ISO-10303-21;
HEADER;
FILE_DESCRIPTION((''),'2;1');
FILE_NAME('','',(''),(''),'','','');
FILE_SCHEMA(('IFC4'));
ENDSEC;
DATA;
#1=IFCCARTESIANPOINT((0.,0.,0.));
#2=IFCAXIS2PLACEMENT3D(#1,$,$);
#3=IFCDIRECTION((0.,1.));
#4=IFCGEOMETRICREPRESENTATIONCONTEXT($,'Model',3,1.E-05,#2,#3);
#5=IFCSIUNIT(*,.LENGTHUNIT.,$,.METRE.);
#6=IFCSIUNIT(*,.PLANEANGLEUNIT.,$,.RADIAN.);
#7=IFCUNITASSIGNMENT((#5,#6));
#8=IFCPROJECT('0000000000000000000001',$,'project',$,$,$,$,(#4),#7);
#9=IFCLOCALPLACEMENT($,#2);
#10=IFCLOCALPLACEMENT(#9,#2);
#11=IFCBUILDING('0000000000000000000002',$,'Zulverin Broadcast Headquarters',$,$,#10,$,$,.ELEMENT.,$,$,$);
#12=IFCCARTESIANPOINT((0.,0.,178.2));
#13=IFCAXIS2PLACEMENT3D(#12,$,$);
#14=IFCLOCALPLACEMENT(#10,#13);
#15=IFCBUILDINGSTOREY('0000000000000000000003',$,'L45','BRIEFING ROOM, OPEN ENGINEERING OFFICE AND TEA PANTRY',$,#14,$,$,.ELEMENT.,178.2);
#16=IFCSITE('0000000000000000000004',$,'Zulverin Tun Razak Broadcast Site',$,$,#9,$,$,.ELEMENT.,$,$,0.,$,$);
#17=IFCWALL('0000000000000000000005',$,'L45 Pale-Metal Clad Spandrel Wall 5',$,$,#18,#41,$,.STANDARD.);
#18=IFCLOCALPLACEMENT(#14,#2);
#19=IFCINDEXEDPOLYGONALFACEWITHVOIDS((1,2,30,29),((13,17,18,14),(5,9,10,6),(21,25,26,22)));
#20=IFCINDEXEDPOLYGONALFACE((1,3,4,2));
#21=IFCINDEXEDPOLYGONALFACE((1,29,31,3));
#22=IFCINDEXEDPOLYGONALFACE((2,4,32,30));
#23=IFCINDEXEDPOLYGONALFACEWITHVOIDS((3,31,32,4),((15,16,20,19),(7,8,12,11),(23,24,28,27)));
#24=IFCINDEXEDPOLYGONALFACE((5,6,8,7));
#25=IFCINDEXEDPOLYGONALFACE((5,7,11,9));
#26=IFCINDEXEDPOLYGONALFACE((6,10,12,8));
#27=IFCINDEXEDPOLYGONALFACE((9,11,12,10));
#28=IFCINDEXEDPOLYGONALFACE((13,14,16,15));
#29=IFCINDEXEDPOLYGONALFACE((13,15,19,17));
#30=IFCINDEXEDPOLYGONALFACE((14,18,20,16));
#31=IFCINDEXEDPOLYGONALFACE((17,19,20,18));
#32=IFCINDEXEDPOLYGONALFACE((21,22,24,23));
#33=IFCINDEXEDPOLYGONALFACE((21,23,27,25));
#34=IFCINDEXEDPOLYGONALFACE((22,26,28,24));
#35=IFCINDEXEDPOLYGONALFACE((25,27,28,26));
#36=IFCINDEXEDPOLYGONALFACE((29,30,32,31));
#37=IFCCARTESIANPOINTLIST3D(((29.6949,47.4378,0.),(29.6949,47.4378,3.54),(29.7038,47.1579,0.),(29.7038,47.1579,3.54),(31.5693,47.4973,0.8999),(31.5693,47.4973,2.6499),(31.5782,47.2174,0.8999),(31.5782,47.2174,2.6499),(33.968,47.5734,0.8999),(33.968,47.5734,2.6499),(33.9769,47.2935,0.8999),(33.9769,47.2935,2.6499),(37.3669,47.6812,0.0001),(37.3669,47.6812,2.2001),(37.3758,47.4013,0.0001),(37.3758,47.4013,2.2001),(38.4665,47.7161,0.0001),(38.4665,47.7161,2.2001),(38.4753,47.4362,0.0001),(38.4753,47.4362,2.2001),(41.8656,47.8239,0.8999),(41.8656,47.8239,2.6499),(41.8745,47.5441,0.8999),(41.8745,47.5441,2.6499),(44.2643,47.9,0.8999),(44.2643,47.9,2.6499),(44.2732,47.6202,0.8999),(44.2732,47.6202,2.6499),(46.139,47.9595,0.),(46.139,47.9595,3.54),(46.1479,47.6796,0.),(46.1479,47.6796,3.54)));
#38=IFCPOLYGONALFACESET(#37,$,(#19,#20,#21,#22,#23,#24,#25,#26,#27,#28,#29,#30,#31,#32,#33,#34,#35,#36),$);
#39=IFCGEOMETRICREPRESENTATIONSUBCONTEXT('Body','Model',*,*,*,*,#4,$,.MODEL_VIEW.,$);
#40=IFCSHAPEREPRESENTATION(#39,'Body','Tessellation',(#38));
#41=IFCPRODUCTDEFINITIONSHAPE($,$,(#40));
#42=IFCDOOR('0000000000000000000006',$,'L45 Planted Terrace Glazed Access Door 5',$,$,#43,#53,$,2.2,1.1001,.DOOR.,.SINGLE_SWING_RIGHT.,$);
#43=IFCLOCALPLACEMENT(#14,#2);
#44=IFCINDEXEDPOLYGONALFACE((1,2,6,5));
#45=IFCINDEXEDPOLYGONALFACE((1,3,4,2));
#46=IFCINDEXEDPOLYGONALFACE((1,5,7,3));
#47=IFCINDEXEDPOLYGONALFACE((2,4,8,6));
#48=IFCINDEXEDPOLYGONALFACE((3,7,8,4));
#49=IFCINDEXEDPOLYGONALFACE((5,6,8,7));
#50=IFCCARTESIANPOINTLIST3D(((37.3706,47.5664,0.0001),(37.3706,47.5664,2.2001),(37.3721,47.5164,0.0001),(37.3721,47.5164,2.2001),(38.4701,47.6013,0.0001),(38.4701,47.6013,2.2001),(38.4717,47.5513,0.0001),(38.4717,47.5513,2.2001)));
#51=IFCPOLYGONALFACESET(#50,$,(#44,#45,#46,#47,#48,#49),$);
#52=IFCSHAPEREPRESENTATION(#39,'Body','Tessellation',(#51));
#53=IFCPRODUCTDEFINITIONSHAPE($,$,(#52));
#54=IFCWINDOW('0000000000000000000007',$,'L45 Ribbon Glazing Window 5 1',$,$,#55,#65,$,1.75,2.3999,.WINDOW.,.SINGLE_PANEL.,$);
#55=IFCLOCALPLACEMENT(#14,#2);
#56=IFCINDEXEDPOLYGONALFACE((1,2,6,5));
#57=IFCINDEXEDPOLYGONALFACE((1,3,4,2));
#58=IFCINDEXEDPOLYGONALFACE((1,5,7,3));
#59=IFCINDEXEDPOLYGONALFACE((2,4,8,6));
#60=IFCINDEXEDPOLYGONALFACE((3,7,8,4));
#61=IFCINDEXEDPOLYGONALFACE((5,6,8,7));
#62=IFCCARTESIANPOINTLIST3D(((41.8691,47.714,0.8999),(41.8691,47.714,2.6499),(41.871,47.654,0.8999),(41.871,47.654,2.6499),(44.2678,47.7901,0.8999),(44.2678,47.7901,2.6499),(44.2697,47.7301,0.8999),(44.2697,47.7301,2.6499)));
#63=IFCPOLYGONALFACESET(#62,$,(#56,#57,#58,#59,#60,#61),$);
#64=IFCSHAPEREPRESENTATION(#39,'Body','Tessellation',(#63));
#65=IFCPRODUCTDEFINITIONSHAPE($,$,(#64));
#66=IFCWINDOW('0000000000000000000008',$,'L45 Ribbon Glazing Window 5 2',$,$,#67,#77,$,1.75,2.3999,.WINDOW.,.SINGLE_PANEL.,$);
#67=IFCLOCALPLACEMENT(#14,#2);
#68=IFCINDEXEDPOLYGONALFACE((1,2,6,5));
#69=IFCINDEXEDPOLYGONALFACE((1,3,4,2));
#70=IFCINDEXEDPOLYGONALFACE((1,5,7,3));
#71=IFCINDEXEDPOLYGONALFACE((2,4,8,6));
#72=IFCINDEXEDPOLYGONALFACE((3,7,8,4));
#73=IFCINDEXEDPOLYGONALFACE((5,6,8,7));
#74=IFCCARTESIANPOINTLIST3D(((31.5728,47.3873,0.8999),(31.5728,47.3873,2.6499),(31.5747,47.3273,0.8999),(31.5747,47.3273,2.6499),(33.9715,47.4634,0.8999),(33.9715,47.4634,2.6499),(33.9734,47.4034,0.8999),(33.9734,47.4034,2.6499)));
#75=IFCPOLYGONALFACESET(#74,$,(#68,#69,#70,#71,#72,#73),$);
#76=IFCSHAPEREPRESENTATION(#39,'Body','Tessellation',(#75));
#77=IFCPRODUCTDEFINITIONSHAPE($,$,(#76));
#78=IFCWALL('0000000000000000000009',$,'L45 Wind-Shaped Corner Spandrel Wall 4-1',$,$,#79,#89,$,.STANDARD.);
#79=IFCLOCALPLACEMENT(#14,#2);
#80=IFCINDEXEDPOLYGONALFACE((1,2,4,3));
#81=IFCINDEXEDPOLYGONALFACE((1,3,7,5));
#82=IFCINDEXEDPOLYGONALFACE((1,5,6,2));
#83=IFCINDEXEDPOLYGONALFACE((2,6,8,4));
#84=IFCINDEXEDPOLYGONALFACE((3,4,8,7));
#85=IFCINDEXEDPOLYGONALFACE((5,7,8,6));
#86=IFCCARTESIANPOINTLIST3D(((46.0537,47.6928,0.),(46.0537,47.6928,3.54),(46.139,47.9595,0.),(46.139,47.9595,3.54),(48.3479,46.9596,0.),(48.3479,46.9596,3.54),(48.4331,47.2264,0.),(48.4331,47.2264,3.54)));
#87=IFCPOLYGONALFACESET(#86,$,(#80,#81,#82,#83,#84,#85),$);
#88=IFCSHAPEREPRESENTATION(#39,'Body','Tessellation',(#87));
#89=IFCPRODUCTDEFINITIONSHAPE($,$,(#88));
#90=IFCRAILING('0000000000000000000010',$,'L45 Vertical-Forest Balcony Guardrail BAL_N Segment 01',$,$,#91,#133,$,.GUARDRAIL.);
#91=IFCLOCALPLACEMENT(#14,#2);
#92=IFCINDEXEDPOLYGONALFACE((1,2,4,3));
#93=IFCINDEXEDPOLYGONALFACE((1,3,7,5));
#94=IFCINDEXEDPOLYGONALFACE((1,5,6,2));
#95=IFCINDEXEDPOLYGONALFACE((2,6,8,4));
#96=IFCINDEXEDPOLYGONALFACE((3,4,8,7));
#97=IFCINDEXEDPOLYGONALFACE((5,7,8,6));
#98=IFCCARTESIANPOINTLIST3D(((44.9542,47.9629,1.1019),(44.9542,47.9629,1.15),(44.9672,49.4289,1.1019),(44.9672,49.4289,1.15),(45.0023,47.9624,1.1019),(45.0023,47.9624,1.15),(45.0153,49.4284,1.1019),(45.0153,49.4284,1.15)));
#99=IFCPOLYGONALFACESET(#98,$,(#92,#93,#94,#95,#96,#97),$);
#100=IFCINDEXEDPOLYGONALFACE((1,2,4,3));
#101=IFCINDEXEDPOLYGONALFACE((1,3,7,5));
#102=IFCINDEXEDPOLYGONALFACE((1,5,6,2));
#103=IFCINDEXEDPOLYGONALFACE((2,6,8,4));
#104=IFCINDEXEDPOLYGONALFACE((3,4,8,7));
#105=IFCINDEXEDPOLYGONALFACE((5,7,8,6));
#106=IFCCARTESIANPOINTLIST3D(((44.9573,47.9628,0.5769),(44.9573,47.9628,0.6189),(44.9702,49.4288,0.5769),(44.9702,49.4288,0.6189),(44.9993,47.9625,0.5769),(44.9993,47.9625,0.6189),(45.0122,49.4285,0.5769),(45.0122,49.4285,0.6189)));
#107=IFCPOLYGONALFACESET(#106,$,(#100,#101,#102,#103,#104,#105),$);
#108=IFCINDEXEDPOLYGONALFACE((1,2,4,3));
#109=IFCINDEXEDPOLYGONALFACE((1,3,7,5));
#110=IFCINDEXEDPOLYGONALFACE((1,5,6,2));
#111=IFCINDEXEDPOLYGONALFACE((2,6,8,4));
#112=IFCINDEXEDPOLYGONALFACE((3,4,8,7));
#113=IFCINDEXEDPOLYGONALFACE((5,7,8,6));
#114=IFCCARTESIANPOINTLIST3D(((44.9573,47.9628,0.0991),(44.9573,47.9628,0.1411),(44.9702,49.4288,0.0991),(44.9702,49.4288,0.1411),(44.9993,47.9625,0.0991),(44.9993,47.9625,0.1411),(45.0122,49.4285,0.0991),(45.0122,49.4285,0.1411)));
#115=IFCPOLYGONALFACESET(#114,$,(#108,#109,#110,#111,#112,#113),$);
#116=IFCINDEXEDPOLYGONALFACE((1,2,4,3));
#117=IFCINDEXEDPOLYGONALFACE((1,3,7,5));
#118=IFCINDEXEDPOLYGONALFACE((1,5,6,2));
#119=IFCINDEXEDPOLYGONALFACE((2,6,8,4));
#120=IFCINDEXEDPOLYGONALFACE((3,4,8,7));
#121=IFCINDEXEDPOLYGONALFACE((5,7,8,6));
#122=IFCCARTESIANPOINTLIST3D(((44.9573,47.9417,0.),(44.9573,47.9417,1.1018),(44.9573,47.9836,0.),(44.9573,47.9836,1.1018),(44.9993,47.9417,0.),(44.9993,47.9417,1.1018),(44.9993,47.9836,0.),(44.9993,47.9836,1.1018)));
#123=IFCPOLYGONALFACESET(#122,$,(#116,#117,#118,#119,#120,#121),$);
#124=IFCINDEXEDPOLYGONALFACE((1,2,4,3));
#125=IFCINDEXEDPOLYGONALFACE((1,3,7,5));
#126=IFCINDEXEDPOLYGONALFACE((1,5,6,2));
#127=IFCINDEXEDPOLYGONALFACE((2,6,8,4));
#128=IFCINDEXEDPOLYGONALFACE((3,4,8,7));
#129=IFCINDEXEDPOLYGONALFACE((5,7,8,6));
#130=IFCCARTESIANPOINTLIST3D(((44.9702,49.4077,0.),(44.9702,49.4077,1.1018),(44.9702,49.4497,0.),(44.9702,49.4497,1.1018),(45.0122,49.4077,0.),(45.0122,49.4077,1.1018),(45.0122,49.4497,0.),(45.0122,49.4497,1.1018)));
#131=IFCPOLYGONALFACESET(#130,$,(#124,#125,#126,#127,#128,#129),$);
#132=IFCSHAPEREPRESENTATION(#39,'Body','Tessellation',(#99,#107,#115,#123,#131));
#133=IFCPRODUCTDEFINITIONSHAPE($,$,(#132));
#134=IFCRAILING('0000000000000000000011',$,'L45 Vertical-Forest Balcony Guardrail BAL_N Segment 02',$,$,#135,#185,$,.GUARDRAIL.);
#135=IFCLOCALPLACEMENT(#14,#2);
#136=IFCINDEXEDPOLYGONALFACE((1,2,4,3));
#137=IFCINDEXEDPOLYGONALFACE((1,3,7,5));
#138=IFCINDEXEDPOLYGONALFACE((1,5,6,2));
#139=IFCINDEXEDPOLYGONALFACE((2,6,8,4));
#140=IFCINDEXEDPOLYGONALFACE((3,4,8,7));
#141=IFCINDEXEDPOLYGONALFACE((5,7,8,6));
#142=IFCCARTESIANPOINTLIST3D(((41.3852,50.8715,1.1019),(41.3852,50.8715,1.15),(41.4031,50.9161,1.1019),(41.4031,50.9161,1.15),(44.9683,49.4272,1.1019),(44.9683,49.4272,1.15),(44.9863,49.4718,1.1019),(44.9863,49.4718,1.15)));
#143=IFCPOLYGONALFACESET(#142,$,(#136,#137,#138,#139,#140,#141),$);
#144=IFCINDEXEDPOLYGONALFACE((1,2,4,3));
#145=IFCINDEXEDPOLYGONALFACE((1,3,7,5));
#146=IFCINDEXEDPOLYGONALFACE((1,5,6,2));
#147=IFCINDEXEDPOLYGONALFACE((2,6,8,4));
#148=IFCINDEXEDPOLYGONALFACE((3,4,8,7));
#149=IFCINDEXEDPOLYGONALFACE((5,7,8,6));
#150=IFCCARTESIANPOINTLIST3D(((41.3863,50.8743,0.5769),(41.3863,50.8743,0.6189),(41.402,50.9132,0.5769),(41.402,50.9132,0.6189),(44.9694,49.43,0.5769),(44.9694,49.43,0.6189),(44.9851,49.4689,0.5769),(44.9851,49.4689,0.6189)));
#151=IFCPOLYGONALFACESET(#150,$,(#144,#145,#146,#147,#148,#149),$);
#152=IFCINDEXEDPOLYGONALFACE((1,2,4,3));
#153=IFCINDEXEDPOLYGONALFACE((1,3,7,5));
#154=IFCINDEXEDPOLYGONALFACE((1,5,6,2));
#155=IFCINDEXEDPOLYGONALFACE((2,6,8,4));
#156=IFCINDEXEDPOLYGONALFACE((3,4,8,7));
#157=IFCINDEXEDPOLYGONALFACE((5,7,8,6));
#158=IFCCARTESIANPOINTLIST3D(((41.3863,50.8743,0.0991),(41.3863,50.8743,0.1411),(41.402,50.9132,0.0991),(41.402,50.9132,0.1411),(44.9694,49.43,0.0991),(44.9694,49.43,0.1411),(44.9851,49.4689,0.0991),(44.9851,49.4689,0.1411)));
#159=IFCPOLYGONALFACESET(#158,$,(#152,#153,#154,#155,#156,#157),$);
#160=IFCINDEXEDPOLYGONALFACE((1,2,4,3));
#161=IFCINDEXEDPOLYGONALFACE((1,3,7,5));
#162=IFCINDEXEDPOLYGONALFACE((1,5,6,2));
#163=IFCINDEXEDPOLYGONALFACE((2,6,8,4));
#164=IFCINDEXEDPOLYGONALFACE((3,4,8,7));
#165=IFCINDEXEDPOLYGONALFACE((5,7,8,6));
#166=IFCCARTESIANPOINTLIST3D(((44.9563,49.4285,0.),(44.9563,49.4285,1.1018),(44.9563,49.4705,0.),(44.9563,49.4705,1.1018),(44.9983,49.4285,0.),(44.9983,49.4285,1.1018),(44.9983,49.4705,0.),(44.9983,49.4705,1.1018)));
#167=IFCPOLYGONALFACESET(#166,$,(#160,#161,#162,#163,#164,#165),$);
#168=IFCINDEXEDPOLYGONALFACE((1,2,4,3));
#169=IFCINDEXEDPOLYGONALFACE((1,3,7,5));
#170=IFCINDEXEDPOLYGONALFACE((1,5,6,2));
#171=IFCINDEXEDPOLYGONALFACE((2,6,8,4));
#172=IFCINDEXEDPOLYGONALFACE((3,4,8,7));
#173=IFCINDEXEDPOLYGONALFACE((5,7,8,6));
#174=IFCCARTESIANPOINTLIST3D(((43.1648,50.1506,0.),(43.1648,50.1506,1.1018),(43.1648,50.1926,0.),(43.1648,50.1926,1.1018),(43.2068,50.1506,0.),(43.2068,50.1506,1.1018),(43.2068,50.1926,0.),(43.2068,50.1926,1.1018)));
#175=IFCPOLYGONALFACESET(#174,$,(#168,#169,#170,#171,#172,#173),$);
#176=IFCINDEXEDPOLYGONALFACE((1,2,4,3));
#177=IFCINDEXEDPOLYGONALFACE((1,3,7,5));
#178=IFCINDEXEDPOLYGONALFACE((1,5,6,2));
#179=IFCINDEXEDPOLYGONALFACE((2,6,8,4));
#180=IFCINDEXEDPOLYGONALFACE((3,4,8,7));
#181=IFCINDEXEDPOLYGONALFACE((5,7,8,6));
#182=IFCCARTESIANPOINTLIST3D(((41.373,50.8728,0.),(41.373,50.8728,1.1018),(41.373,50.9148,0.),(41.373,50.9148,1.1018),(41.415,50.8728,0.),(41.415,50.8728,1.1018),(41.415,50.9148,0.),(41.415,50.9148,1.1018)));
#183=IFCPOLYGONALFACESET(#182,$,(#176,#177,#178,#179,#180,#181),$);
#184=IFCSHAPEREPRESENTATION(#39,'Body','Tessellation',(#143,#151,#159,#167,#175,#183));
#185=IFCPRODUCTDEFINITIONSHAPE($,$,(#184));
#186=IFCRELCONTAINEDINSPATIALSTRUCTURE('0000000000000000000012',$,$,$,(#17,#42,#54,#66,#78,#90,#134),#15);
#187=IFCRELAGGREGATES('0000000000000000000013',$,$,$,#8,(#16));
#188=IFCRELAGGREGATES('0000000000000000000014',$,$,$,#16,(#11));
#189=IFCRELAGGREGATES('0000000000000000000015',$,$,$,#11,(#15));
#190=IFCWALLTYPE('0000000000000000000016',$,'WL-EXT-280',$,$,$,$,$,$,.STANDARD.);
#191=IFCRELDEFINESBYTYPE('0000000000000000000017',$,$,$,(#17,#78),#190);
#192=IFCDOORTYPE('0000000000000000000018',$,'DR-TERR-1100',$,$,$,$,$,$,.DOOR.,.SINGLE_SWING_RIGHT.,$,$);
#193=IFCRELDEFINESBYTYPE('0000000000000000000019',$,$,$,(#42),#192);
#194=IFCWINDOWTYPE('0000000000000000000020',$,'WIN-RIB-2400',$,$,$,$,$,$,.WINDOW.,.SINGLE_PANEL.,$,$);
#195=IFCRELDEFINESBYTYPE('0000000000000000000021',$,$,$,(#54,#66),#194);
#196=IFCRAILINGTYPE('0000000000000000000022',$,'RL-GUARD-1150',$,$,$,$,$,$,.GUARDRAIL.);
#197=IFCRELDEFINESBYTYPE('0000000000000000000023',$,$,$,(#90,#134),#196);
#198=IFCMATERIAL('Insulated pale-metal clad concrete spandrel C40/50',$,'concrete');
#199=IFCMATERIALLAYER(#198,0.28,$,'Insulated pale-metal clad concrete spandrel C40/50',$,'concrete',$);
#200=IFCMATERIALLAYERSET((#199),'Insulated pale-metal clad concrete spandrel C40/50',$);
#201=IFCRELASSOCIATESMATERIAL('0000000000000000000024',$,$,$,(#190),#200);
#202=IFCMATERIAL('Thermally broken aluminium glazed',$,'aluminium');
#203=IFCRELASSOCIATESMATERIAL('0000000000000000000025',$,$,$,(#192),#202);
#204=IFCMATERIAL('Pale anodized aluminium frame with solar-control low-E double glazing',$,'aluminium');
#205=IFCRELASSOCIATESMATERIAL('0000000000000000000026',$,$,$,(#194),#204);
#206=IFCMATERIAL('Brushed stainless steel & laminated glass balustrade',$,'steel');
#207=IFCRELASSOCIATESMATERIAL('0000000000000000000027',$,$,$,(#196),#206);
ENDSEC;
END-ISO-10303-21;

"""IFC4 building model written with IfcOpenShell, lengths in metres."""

from ifc_helpers import new_model, si_unit, direction, frame, frame_2d, origin, origin_2d, place, context, subcontext, project, spatial, rectangle, extrude, material, layer, layer_set, type_object, element, fill, save


model = new_model("IFC4")

# Units and contexts
model_context = context("Model", 3, precision=1e-05, world=origin(), true_north=direction((0.0, 1.0)))
body_context = subcontext(model_context, "Body", "Model", "MODEL_VIEW")
ifc_project = project(units=[si_unit("LENGTHUNIT", "METRE"), si_unit("PLANEANGLEUNIT", "RADIAN")], contexts=[model_context])

# Site, building, storey
site_placement = place(None, origin())
site = spatial("IfcSite", under=ifc_project, at=site_placement, Name="Zulverin Tun Razak Broadcast Site", CompositionType="ELEMENT", RefElevation=0.0)
building_placement = place(site_placement, origin())
building = spatial("IfcBuilding", under=site, at=building_placement, Name="Zulverin Broadcast Headquarters", CompositionType="ELEMENT")
storey_placement = place(building_placement, frame((0.0, 0.0, 178.2)))
storey = spatial("IfcBuildingStorey", under=building, at=storey_placement, Name="L45", Description="BRIEFING ROOM, OPEN ENGINEERING OFFICE AND TEA PANTRY", CompositionType="ELEMENT", Elevation=178.2)

# Wall, openings, door, windows
ifc_material_1 = material(Name="Insulated pale-metal clad concrete spandrel C40/50", Category="concrete")
ifc_layer_1 = layer(ifc_material_1, 0.28, Name="Insulated pale-metal clad concrete spandrel C40/50", Category="concrete")
ifc_layer_set_1 = layer_set([ifc_layer_1], Name="Insulated pale-metal clad concrete spandrel C40/50")
wall_type = type_object("IfcWallType", Name="WL-EXT-280", PredefinedType="STANDARD", material=ifc_layer_set_1)
wall_1_placement = place(storey_placement, frame((46.1433, 47.8196, 0.0), z_axis=(0.0, 0.0, 1.0), x_axis=(-0.999497, -0.031711, 0.0)))
wall_1 = element("IfcWall", 1, at=wall_1_placement, inside=storey, type_object=wall_type, Name="L45 Pale-Metal Clad Spandrel Wall 5", PredefinedType="STANDARD", context=body_context, shape_type="SweptSolid", body=[
    extrude(rectangle(XDim=16.4524, YDim=0.28, at=frame_2d((8.2261, 0.0))), origin(), (0.0, 0.0, 1.0), 3.54),
])
opening_1_placement = place(wall_1_placement, frame((7.6763, 0.0, 0.0)))
opening_1 = element("IfcOpeningElement", 2, at=opening_1_placement, cuts=wall_1, PredefinedType="OPENING", context=body_context, shape_type="SweptSolid", body=[
    extrude(rectangle(XDim=1.1001, YDim=2.2, at=frame_2d((0.55, 1.1001))), frame((0.0, 0.1499, 0.0), z_axis=(0.0, -1.0, 0.0), x_axis=(1.0, 0.0, 0.0)), (0.0, 0.0, 1.0), 0.3),
])
opening_2_placement = place(wall_1_placement, frame((1.8755, 0.0, 0.8999)))
opening_2 = element("IfcOpeningElement", 3, at=opening_2_placement, cuts=wall_1, PredefinedType="OPENING", context=body_context, shape_type="SweptSolid", body=[
    extrude(rectangle(XDim=2.3999, YDim=1.75, at=frame_2d((1.2, 0.875))), frame((0.0, 0.1499, 0.0), z_axis=(0.0, -1.0, 0.0), x_axis=(1.0, 0.0, 0.0)), (0.0, 0.0, 1.0), 0.3),
])
opening_3_placement = place(wall_1_placement, frame((12.177, 0.0, 0.8999)))
opening_3 = element("IfcOpeningElement", 4, at=opening_3_placement, cuts=wall_1, PredefinedType="OPENING", context=body_context, shape_type="SweptSolid", body=[
    extrude(rectangle(XDim=2.3999, YDim=1.75, at=frame_2d((1.2, 0.875))), frame((0.0, 0.1499, 0.0), z_axis=(0.0, -1.0, 0.0), x_axis=(1.0, 0.0, 0.0)), (0.0, 0.0, 1.0), 0.3),
])
ifc_material_2 = material(Name="Thermally broken aluminium glazed", Category="aluminium")
door_type = type_object("IfcDoorType", Name="DR-TERR-1100", OperationType="SINGLE_SWING_RIGHT", PredefinedType="DOOR", material=ifc_material_2)
door_placement = place(opening_1_placement, origin())
door = element("IfcDoor", 5, at=door_placement, inside=storey, type_object=door_type, Name="L45 Planted Terrace Glazed Access Door 5", OperationType="SINGLE_SWING_RIGHT", OverallHeight=2.2, OverallWidth=1.1001, PredefinedType="DOOR", context=body_context, shape_type="SweptSolid", body=[
    extrude(rectangle(XDim=1.1001, YDim=2.2, at=frame_2d((0.55, 1.1001))), frame((0.0, 0.0249, 0.0), z_axis=(0.0, -1.0, 0.0), x_axis=(1.0, 0.0, 0.0)), (0.0, 0.0, 1.0), 0.05),
])
fill(opening_1, door)
ifc_material_3 = material(Name="Pale anodized aluminium frame with solar-control low-E double glazing", Category="aluminium")
window_type = type_object("IfcWindowType", Name="WIN-RIB-2400", PartitioningType="SINGLE_PANEL", PredefinedType="WINDOW", material=ifc_material_3)
window_1_placement = place(opening_2_placement, origin())
window_1 = element("IfcWindow", 6, at=window_1_placement, inside=storey, type_object=window_type, Name="L45 Ribbon Glazing Window 5 1", OverallHeight=1.75, OverallWidth=2.3999, PartitioningType="SINGLE_PANEL", PredefinedType="WINDOW", context=body_context, shape_type="SweptSolid", body=[
    extrude(rectangle(XDim=2.3999, YDim=1.75, at=frame_2d((1.2, 0.875))), frame((0.0, 0.03, 0.0), z_axis=(0.0, -1.0, 0.0), x_axis=(1.0, 0.0, 0.0)), (0.0, 0.0, 1.0), 0.0601),
])
fill(opening_2, window_1)
window_2_placement = place(opening_3_placement, origin())
window_2 = element("IfcWindow", 7, at=window_2_placement, inside=storey, type_object=window_type, Name="L45 Ribbon Glazing Window 5 2", OverallHeight=1.75, OverallWidth=2.3999, PartitioningType="SINGLE_PANEL", PredefinedType="WINDOW", context=body_context, shape_type="SweptSolid", body=[
    extrude(rectangle(XDim=2.3999, YDim=1.75, at=frame_2d((1.2, 0.875))), frame((0.0, 0.03, 0.0), z_axis=(0.0, -1.0, 0.0), x_axis=(1.0, 0.0, 0.0)), (0.0, 0.0, 1.0), 0.0601),
])
fill(opening_3, window_2)

# Wall
wall_2_placement = place(storey_placement, frame((48.3904, 47.093, 0.0), z_axis=(0.0, 0.0, 1.0), x_axis=(-0.952543, 0.304404, 0.0)))
element("IfcWall", 8, at=wall_2_placement, inside=storey, type_object=wall_type, Name="L45 Wind-Shaped Corner Spandrel Wall 4-1", PredefinedType="STANDARD", context=body_context, shape_type="SweptSolid", body=[
    extrude(rectangle(XDim=2.4084, YDim=0.28, at=frame_2d((1.2041, 0.0))), origin(), (0.0, 0.0, 1.0), 3.54),
])

# Railings
ifc_material_4 = material(Name="Brushed stainless steel & laminated glass balustrade", Category="steel")
railing_type = type_object("IfcRailingType", Name="RL-GUARD-1150", PredefinedType="GUARDRAIL", material=ifc_material_4)
railing_1_placement = place(storey_placement, frame((44.9783, 47.9626, 0.0)))
element("IfcRailing", 9, at=railing_1_placement, inside=storey, type_object=railing_type, Name="L45 Vertical-Forest Balcony Guardrail BAL_N Segment 01", PredefinedType="GUARDRAIL", context=body_context, shape_type="SweptSolid", body=[
    extrude(rectangle(XDim=0.0481, YDim=0.0481, at=origin_2d()), frame((0.0, 0.0, 1.126), z_axis=(0.008826, 0.999961, 0.0), x_axis=(-0.999961, 0.008826, 0.0)), (0.0, 0.0, 1.0), 1.4661),
    extrude(rectangle(XDim=0.042, YDim=0.042, at=origin_2d()), frame((0.0, 0.0, 0.5979), z_axis=(0.008826, 0.999961, 0.0), x_axis=(-0.999961, 0.008826, 0.0)), (0.0, 0.0, 1.0), 1.4661),
    extrude(rectangle(XDim=0.042, YDim=0.042, at=origin_2d()), frame((0.0, 0.0, 0.1201), z_axis=(0.008826, 0.999961, 0.0), x_axis=(-0.999961, 0.008826, 0.0)), (0.0, 0.0, 1.0), 1.4661),
    extrude(rectangle(XDim=0.042, YDim=0.042, at=origin_2d()), origin(), (0.0, 0.0, 1.0), 1.1018),
    extrude(rectangle(XDim=0.042, YDim=0.042, at=origin_2d()), frame((0.0129, 1.4661, 0.0)), (0.0, 0.0, 1.0), 1.1018),
])
railing_2_placement = place(storey_placement, frame((44.9773, 49.4495, 0.0)))
element("IfcRailing", 10, at=railing_2_placement, inside=storey, type_object=railing_type, Name="L45 Vertical-Forest Balcony Guardrail BAL_N Segment 02", PredefinedType="GUARDRAIL", context=body_context, shape_type="SweptSolid", body=[
    extrude(rectangle(XDim=0.0481, YDim=0.0481, at=origin_2d()), frame((0.0, 0.0, 1.126), z_axis=(-0.927488, 0.373852, 0.0), x_axis=(-0.373852, -0.927488, 0.0)), (0.0, 0.0, 1.0), 3.8633),
    extrude(rectangle(XDim=0.042, YDim=0.042, at=origin_2d()), frame((0.0, 0.0, 0.5979), z_axis=(-0.927488, 0.373852, 0.0), x_axis=(-0.373852, -0.927488, 0.0)), (0.0, 0.0, 1.0), 3.8633),
    extrude(rectangle(XDim=0.042, YDim=0.042, at=origin_2d()), frame((0.0, 0.0, 0.1201), z_axis=(-0.927488, 0.373852, 0.0), x_axis=(-0.373852, -0.927488, 0.0)), (0.0, 0.0, 1.0), 3.8633),
    extrude(rectangle(XDim=0.042, YDim=0.042, at=origin_2d()), origin(), (0.0, 0.0, 1.0), 1.1018),
    extrude(rectangle(XDim=0.042, YDim=0.042, at=origin_2d()), frame((-1.7915, 0.7222, 0.0)), (0.0, 0.0, 1.0), 1.1018),
    extrude(rectangle(XDim=0.042, YDim=0.042, at=origin_2d()), frame((-3.5833, 1.4443, 0.0)), (0.0, 0.0, 1.0), 1.1018),
])

save(model, "model.ifc")
